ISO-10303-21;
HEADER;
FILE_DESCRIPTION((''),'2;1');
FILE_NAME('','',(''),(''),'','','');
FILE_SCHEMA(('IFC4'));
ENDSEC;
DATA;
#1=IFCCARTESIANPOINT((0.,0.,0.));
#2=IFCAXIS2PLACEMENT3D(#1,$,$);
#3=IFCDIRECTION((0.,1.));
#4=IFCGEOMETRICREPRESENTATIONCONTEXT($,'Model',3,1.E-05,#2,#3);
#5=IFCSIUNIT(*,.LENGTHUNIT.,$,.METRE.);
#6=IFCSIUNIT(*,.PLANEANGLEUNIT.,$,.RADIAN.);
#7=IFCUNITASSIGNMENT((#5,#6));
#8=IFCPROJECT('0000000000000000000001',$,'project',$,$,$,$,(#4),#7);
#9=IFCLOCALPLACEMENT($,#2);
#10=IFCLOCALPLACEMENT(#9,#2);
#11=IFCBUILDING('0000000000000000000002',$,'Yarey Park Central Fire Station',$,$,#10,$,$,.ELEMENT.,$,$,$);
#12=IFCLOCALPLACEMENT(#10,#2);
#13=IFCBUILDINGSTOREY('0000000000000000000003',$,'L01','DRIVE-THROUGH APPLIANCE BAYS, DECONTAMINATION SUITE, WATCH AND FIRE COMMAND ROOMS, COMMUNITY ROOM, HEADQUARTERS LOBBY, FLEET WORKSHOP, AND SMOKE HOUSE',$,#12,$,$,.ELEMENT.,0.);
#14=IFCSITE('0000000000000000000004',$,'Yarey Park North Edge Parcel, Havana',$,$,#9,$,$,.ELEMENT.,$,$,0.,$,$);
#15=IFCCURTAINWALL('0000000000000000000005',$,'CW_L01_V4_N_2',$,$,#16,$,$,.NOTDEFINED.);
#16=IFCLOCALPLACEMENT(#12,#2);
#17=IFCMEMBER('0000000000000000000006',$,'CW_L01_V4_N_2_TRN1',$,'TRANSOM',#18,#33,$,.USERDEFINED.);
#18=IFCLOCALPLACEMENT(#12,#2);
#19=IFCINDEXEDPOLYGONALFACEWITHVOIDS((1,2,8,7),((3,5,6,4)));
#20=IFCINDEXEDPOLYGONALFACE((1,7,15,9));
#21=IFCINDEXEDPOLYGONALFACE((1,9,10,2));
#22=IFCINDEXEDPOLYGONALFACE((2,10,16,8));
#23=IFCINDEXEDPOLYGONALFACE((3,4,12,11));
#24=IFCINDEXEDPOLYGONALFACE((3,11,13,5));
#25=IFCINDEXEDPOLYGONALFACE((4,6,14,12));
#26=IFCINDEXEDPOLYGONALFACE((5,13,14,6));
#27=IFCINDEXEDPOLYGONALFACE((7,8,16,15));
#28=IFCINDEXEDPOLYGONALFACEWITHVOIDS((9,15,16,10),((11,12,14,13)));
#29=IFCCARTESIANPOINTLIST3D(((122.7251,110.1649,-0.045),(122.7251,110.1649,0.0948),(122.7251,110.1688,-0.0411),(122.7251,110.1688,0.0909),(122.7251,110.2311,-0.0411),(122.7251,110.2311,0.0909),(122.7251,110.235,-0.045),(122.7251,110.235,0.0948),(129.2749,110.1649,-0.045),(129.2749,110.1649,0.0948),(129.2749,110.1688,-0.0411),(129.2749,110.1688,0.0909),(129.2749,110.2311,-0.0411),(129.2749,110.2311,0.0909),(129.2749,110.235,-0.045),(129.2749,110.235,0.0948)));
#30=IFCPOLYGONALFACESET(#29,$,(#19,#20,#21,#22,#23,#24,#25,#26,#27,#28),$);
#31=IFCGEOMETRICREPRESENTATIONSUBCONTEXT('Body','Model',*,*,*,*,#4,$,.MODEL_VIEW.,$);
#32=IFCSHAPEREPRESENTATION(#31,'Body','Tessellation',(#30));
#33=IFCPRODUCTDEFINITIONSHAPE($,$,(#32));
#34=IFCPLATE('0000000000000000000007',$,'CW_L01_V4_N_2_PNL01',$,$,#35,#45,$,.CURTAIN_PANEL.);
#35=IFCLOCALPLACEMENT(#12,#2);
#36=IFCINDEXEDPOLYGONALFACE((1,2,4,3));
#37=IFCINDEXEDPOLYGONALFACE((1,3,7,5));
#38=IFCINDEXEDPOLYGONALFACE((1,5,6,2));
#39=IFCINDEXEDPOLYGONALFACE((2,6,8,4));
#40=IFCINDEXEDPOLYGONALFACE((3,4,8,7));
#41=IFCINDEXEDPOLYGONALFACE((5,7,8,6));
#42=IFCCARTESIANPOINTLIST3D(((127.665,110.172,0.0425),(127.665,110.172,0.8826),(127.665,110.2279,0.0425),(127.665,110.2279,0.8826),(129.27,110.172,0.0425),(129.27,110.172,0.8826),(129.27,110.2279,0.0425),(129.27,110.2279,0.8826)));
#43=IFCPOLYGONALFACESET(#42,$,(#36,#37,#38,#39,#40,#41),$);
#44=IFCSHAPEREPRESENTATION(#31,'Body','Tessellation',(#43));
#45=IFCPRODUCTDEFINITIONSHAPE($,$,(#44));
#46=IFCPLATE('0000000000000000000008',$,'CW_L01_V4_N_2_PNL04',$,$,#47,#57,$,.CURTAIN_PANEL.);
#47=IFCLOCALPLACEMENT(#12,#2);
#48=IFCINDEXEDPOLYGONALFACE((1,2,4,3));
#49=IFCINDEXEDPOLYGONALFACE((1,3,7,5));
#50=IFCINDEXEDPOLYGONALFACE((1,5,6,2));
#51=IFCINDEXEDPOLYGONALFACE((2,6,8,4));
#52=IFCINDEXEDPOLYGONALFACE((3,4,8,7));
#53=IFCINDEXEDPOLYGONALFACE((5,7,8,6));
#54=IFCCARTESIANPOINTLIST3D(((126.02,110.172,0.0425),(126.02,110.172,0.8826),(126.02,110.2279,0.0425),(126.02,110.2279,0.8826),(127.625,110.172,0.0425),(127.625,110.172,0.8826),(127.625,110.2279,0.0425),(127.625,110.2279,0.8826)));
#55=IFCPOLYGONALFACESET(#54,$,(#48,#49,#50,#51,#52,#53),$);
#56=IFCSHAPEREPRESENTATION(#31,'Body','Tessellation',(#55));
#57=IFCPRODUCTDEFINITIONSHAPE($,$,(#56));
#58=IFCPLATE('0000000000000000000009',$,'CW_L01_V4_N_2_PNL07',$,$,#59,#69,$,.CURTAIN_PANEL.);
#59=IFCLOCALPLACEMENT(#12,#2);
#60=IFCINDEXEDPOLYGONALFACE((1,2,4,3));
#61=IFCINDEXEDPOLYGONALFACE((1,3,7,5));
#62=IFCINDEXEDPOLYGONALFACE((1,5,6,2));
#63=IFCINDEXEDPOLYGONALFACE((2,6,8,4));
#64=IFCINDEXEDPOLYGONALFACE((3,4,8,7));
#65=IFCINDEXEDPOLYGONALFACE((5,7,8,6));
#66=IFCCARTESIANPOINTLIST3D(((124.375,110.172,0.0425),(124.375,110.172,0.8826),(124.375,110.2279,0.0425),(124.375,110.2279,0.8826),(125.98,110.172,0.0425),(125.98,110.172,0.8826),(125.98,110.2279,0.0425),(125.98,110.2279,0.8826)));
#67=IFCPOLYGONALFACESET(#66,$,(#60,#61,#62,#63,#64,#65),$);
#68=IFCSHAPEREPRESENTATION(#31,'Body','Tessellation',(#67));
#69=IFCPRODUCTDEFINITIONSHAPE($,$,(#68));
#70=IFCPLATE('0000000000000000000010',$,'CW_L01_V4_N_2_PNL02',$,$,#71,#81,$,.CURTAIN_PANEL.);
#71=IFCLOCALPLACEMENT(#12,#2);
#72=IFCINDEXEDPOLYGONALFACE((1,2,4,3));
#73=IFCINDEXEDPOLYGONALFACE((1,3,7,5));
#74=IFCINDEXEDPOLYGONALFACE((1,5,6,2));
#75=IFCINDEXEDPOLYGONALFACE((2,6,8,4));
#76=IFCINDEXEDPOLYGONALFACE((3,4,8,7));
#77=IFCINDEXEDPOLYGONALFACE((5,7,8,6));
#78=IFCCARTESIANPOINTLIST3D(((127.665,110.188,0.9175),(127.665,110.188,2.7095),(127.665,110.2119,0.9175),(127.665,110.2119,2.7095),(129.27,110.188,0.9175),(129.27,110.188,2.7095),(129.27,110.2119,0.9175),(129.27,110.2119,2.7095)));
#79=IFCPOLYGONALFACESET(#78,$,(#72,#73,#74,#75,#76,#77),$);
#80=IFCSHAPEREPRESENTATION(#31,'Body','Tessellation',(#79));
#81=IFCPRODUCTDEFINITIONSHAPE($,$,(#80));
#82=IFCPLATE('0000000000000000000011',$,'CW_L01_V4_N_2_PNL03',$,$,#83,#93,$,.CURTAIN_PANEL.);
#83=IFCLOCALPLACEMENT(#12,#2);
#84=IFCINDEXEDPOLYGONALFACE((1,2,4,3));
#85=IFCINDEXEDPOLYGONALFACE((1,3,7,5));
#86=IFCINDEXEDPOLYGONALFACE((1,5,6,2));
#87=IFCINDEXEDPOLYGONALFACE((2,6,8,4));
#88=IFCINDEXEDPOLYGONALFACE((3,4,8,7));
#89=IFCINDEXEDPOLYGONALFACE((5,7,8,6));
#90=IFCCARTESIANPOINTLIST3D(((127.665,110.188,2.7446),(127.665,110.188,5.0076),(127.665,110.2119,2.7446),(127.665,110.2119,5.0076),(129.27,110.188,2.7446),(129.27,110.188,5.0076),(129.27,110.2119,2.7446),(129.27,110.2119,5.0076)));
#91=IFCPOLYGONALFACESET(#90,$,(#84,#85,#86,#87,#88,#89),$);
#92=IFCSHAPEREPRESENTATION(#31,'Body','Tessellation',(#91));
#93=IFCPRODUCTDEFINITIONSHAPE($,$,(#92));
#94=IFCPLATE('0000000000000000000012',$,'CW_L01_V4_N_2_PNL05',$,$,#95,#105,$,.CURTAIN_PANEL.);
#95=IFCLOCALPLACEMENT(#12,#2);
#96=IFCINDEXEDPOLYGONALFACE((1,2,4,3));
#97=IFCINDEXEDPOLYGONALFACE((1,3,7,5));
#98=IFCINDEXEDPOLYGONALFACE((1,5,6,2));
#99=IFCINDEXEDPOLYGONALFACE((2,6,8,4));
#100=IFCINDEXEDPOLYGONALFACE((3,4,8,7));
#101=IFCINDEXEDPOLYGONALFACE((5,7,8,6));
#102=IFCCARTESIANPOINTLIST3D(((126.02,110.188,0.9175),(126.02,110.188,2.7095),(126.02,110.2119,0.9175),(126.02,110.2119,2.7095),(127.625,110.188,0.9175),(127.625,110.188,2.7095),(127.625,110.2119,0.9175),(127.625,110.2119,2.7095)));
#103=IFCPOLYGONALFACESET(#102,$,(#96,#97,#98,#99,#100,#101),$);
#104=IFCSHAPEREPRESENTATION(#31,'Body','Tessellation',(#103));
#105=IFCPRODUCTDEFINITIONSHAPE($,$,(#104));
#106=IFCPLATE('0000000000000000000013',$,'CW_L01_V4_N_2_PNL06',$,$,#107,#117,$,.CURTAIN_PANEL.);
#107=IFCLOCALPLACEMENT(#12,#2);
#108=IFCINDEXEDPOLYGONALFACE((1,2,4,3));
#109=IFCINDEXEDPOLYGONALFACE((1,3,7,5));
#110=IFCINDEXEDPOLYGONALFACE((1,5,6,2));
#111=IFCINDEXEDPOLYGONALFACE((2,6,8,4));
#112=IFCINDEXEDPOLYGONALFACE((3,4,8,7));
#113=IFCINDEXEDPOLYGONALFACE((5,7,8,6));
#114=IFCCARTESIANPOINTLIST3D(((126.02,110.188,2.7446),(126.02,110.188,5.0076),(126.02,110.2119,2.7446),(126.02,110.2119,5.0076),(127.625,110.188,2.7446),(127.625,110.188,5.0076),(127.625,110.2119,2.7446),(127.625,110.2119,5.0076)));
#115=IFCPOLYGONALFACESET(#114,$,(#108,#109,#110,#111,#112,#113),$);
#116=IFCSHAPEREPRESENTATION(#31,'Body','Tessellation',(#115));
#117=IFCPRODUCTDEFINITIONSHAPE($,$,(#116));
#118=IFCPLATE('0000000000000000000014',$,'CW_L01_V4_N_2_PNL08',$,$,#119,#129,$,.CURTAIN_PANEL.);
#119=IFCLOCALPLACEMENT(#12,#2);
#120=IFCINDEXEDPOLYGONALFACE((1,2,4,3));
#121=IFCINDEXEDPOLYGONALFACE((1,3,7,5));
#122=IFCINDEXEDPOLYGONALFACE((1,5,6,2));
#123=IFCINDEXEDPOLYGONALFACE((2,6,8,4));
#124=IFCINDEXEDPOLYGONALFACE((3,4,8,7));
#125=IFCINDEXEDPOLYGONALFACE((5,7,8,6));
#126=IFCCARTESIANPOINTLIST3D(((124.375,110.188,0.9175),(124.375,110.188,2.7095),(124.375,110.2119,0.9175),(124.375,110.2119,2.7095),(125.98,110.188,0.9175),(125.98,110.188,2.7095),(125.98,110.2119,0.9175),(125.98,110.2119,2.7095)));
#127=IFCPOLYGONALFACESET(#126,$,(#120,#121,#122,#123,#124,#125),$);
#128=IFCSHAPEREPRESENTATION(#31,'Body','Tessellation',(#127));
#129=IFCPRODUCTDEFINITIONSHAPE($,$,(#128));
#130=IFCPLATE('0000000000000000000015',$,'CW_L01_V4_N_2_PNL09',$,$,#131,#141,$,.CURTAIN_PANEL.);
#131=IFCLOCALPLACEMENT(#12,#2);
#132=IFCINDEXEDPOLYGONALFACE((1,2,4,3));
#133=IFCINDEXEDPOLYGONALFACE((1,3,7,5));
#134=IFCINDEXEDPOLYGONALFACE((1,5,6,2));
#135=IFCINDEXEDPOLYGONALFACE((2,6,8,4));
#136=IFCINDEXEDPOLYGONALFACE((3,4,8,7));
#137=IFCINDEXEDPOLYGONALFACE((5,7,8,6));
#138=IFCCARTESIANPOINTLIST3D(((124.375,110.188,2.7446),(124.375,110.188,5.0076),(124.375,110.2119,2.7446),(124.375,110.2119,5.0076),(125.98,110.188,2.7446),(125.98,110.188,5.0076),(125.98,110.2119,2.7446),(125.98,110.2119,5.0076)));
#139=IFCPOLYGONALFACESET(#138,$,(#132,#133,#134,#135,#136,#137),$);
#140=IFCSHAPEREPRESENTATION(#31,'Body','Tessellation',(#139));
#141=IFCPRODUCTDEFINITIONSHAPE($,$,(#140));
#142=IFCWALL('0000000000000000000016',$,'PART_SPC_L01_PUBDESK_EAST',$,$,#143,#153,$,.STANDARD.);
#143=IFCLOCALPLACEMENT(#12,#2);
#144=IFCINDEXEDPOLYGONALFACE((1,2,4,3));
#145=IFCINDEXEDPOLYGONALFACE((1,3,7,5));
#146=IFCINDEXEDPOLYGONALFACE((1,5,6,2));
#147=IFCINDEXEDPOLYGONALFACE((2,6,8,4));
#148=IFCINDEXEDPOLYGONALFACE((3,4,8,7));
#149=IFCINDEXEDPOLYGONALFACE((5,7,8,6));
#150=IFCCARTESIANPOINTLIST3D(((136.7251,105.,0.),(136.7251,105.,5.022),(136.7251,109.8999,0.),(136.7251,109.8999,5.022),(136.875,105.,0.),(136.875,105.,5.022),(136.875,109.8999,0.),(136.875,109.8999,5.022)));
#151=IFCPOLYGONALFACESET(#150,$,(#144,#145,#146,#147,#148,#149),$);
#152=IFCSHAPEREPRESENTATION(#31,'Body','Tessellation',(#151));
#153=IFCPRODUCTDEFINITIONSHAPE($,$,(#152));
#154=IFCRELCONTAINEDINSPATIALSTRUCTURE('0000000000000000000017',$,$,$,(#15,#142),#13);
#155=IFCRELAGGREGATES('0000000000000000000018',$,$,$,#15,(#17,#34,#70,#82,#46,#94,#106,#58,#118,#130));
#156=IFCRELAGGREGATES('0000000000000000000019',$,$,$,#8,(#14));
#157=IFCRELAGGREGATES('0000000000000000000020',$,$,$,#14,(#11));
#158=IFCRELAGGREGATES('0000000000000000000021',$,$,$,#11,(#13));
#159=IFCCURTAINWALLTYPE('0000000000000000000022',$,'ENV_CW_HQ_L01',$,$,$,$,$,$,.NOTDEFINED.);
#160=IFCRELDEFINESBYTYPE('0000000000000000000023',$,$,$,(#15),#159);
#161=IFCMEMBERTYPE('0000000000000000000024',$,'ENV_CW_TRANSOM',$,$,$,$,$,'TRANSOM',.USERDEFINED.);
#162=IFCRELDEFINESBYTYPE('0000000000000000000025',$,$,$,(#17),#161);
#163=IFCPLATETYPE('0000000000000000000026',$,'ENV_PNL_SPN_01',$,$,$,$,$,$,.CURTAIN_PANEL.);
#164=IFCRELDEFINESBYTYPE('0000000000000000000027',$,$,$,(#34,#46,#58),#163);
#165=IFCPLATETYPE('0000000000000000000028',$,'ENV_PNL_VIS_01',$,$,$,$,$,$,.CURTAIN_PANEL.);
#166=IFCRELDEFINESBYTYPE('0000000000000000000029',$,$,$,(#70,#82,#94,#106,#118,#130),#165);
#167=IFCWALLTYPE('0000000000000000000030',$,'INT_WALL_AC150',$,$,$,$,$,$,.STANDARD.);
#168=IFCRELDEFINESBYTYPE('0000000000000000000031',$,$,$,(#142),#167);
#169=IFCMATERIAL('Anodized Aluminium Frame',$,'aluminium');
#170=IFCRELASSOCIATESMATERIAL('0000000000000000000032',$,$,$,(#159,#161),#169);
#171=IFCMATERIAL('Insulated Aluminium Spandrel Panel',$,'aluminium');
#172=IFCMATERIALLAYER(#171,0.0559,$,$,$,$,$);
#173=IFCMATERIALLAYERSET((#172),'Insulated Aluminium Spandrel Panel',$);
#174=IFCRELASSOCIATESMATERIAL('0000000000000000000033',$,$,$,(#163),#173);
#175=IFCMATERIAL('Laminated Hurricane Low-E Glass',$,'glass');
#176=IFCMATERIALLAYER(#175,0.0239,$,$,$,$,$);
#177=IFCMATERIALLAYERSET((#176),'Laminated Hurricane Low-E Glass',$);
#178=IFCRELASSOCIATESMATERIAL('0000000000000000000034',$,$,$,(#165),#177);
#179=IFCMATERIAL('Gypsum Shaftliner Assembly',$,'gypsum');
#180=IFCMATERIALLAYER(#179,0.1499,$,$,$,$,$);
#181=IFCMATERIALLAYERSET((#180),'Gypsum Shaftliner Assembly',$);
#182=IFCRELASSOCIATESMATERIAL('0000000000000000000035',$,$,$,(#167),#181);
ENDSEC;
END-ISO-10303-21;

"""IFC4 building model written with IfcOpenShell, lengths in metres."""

from ifc_helpers import new_model, si_unit, direction, frame, frame_2d, origin, origin_2d, place, context, subcontext, project, spatial, rectangle, hollow_rectangle, extrude, material, layer, layer_set, material_profile, profile_set, type_object, element, aggregate, save


model = new_model("IFC4")

# Units and contexts
model_context = context("Model", 3, precision=1e-05, world=origin(), true_north=direction((0.0, 1.0)))
body_context = subcontext(model_context, "Body", "Model", "MODEL_VIEW")
ifc_project = project(units=[si_unit("LENGTHUNIT", "METRE"), si_unit("PLANEANGLEUNIT", "RADIAN")], contexts=[model_context])

# Site, building, storey
site_placement = place(None, origin())
site = spatial("IfcSite", under=ifc_project, at=site_placement, Name="Yarey Park North Edge Parcel, Havana", CompositionType="ELEMENT", RefElevation=0.0)
building_placement = place(site_placement, origin())
building = spatial("IfcBuilding", under=site, at=building_placement, Name="Yarey Park Central Fire Station", CompositionType="ELEMENT")
storey_placement = place(building_placement, origin())
storey = spatial("IfcBuildingStorey", under=building, at=storey_placement, Name="L01", Description="DRIVE-THROUGH APPLIANCE BAYS, DECONTAMINATION SUITE, WATCH AND FIRE COMMAND ROOMS, COMMUNITY ROOM, HEADQUARTERS LOBBY, FLEET WORKSHOP, AND SMOKE HOUSE", CompositionType="ELEMENT", Elevation=0.0)

# Curtain wall, member, plates
ifc_material_1 = material(Name="Anodized Aluminium Frame", Category="aluminium")
curtain_wall_type = type_object("IfcCurtainWallType", Name="ENV_CW_HQ_L01", PredefinedType="NOTDEFINED", material=ifc_material_1)
curtain_wall_placement = place(storey_placement, origin())
curtain_wall = element("IfcCurtainWall", 1, at=curtain_wall_placement, inside=storey, type_object=curtain_wall_type, Name="CW_L01_V4_N_2", PredefinedType="NOTDEFINED")
ifc_material_profile_1 = material_profile(ifc_material_1, hollow_rectangle(XDim=0.0701, YDim=0.1399, WallThickness=0.0039, at=origin_2d()), Name="ALU 140x70x4")
ifc_profile_set_1 = profile_set([ifc_material_profile_1], Name="Anodized Aluminium Frame")
member_type_1 = type_object("IfcMemberType", Name="ENV_CW_TRANSOM", ElementType="TRANSOM", PredefinedType="USERDEFINED", material=ifc_profile_set_1)
member_1_placement = place(storey_placement, frame((129.2749, 110.2, 0.0249), z_axis=(-1.0, 0.0, 0.0), x_axis=(0.0, -1.0, 0.0)))
member_1 = element("IfcMember", 2, at=member_1_placement, type_object=member_type_1, Name="CW_L01_V4_N_2_TRN1", ObjectType="TRANSOM", PredefinedType="USERDEFINED", context=body_context, shape_type="SweptSolid", body=[
    extrude(hollow_rectangle(XDim=0.0701, YDim=0.1399, WallThickness=0.0039, at=origin_2d()), origin(), (0.0, 0.0, 1.0), 6.5498),
])
ifc_material_2 = material(Name="Insulated Aluminium Spandrel Panel", Category="aluminium")
ifc_layer_1 = layer(ifc_material_2, 0.0559)
ifc_layer_set_1 = layer_set([ifc_layer_1], Name="Insulated Aluminium Spandrel Panel")
plate_type_1 = type_object("IfcPlateType", Name="ENV_PNL_SPN_01", PredefinedType="CURTAIN_PANEL", material=ifc_layer_set_1)
plate_1_placement = place(storey_placement, frame((128.4675, 110.2, 0.0425), z_axis=(0.0, 0.0, 1.0), x_axis=(-1.0, 0.0, 0.0)))
plate_1 = element("IfcPlate", 3, at=plate_1_placement, type_object=plate_type_1, Name="CW_L01_V4_N_2_PNL01", PredefinedType="CURTAIN_PANEL", context=body_context, shape_type="SweptSolid", body=[
    extrude(rectangle(XDim=1.605, YDim=0.0559, at=origin_2d()), origin(), (0.0, 0.0, 1.0), 0.8401),
])
plate_2_placement = place(storey_placement, frame((126.8225, 110.2, 0.0425), z_axis=(0.0, 0.0, 1.0), x_axis=(-1.0, 0.0, 0.0)))
plate_2 = element("IfcPlate", 4, at=plate_2_placement, type_object=plate_type_1, Name="CW_L01_V4_N_2_PNL04", PredefinedType="CURTAIN_PANEL", context=body_context, shape_type="SweptSolid", body=[
    extrude(rectangle(XDim=1.605, YDim=0.0559, at=origin_2d()), origin(), (0.0, 0.0, 1.0), 0.8401),
])
plate_3_placement = place(storey_placement, frame((125.1775, 110.2, 0.0425), z_axis=(0.0, 0.0, 1.0), x_axis=(-1.0, 0.0, 0.0)))
plate_3 = element("IfcPlate", 5, at=plate_3_placement, type_object=plate_type_1, Name="CW_L01_V4_N_2_PNL07", PredefinedType="CURTAIN_PANEL", context=body_context, shape_type="SweptSolid", body=[
    extrude(rectangle(XDim=1.605, YDim=0.0559, at=origin_2d()), origin(), (0.0, 0.0, 1.0), 0.8401),
])
ifc_material_3 = material(Name="Laminated Hurricane Low-E Glass", Category="glass")
ifc_layer_2 = layer(ifc_material_3, 0.0239)
ifc_layer_set_2 = layer_set([ifc_layer_2], Name="Laminated Hurricane Low-E Glass")
plate_type_2 = type_object("IfcPlateType", Name="ENV_PNL_VIS_01", PredefinedType="CURTAIN_PANEL", material=ifc_layer_set_2)
plate_4_placement = place(storey_placement, frame((128.4675, 110.2, 0.9175), z_axis=(0.0, 0.0, 1.0), x_axis=(-1.0, 0.0, 0.0)))
plate_4 = element("IfcPlate", 6, at=plate_4_placement, type_object=plate_type_2, Name="CW_L01_V4_N_2_PNL02", PredefinedType="CURTAIN_PANEL", context=body_context, shape_type="SweptSolid", body=[
    extrude(rectangle(XDim=1.605, YDim=0.0239, at=origin_2d()), origin(), (0.0, 0.0, 1.0), 1.792),
])
plate_5_placement = place(storey_placement, frame((128.4675, 110.2, 2.7446), z_axis=(0.0, 0.0, 1.0), x_axis=(-1.0, 0.0, 0.0)))
plate_5 = element("IfcPlate", 7, at=plate_5_placement, type_object=plate_type_2, Name="CW_L01_V4_N_2_PNL03", PredefinedType="CURTAIN_PANEL", context=body_context, shape_type="SweptSolid", body=[
    extrude(rectangle(XDim=1.605, YDim=0.0239, at=origin_2d()), origin(), (0.0, 0.0, 1.0), 2.2629),
])
plate_6_placement = place(storey_placement, frame((126.8225, 110.2, 0.9175), z_axis=(0.0, 0.0, 1.0), x_axis=(-1.0, 0.0, 0.0)))
plate_6 = element("IfcPlate", 8, at=plate_6_placement, type_object=plate_type_2, Name="CW_L01_V4_N_2_PNL05", PredefinedType="CURTAIN_PANEL", context=body_context, shape_type="SweptSolid", body=[
    extrude(rectangle(XDim=1.605, YDim=0.0239, at=origin_2d()), origin(), (0.0, 0.0, 1.0), 1.792),
])
plate_7_placement = place(storey_placement, frame((126.8225, 110.2, 2.7446), z_axis=(0.0, 0.0, 1.0), x_axis=(-1.0, 0.0, 0.0)))
plate_7 = element("IfcPlate", 9, at=plate_7_placement, type_object=plate_type_2, Name="CW_L01_V4_N_2_PNL06", PredefinedType="CURTAIN_PANEL", context=body_context, shape_type="SweptSolid", body=[
    extrude(rectangle(XDim=1.605, YDim=0.0239, at=origin_2d()), origin(), (0.0, 0.0, 1.0), 2.2629),
])
plate_8_placement = place(storey_placement, frame((125.1775, 110.2, 0.9175), z_axis=(0.0, 0.0, 1.0), x_axis=(-1.0, 0.0, 0.0)))
plate_8 = element("IfcPlate", 10, at=plate_8_placement, type_object=plate_type_2, Name="CW_L01_V4_N_2_PNL08", PredefinedType="CURTAIN_PANEL", context=body_context, shape_type="SweptSolid", body=[
    extrude(rectangle(XDim=1.605, YDim=0.0239, at=origin_2d()), origin(), (0.0, 0.0, 1.0), 1.792),
])
plate_9_placement = place(storey_placement, frame((125.1775, 110.2, 2.7446), z_axis=(0.0, 0.0, 1.0), x_axis=(-1.0, 0.0, 0.0)))
plate_9 = element("IfcPlate", 11, at=plate_9_placement, type_object=plate_type_2, Name="CW_L01_V4_N_2_PNL09", PredefinedType="CURTAIN_PANEL", context=body_context, shape_type="SweptSolid", body=[
    extrude(rectangle(XDim=1.605, YDim=0.0239, at=origin_2d()), origin(), (0.0, 0.0, 1.0), 2.2629),
])
aggregate(curtain_wall, [member_1, plate_1, plate_4, plate_5, plate_2, plate_6, plate_7, plate_3, plate_8, plate_9])

# Wall
ifc_material_4 = material(Name="Gypsum Shaftliner Assembly", Category="gypsum")
ifc_layer_3 = layer(ifc_material_4, 0.1499)
ifc_layer_set_3 = layer_set([ifc_layer_3], Name="Gypsum Shaftliner Assembly")
wall_type = type_object("IfcWallType", Name="INT_WALL_AC150", PredefinedType="STANDARD", material=ifc_layer_set_3)
wall_placement = place(storey_placement, frame((136.8, 105.0, 0.0), z_axis=(0.0, 0.0, 1.0), x_axis=(0.0, 1.0, 0.0)))
element("IfcWall", 12, at=wall_placement, inside=storey, type_object=wall_type, Name="PART_SPC_L01_PUBDESK_EAST", PredefinedType="STANDARD", context=body_context, shape_type="SweptSolid", body=[
    extrude(rectangle(XDim=4.8999, YDim=0.1499, at=frame_2d((2.45, 0.0))), origin(), (0.0, 0.0, 1.0), 5.022),
])

save(model, "model.ifc")
